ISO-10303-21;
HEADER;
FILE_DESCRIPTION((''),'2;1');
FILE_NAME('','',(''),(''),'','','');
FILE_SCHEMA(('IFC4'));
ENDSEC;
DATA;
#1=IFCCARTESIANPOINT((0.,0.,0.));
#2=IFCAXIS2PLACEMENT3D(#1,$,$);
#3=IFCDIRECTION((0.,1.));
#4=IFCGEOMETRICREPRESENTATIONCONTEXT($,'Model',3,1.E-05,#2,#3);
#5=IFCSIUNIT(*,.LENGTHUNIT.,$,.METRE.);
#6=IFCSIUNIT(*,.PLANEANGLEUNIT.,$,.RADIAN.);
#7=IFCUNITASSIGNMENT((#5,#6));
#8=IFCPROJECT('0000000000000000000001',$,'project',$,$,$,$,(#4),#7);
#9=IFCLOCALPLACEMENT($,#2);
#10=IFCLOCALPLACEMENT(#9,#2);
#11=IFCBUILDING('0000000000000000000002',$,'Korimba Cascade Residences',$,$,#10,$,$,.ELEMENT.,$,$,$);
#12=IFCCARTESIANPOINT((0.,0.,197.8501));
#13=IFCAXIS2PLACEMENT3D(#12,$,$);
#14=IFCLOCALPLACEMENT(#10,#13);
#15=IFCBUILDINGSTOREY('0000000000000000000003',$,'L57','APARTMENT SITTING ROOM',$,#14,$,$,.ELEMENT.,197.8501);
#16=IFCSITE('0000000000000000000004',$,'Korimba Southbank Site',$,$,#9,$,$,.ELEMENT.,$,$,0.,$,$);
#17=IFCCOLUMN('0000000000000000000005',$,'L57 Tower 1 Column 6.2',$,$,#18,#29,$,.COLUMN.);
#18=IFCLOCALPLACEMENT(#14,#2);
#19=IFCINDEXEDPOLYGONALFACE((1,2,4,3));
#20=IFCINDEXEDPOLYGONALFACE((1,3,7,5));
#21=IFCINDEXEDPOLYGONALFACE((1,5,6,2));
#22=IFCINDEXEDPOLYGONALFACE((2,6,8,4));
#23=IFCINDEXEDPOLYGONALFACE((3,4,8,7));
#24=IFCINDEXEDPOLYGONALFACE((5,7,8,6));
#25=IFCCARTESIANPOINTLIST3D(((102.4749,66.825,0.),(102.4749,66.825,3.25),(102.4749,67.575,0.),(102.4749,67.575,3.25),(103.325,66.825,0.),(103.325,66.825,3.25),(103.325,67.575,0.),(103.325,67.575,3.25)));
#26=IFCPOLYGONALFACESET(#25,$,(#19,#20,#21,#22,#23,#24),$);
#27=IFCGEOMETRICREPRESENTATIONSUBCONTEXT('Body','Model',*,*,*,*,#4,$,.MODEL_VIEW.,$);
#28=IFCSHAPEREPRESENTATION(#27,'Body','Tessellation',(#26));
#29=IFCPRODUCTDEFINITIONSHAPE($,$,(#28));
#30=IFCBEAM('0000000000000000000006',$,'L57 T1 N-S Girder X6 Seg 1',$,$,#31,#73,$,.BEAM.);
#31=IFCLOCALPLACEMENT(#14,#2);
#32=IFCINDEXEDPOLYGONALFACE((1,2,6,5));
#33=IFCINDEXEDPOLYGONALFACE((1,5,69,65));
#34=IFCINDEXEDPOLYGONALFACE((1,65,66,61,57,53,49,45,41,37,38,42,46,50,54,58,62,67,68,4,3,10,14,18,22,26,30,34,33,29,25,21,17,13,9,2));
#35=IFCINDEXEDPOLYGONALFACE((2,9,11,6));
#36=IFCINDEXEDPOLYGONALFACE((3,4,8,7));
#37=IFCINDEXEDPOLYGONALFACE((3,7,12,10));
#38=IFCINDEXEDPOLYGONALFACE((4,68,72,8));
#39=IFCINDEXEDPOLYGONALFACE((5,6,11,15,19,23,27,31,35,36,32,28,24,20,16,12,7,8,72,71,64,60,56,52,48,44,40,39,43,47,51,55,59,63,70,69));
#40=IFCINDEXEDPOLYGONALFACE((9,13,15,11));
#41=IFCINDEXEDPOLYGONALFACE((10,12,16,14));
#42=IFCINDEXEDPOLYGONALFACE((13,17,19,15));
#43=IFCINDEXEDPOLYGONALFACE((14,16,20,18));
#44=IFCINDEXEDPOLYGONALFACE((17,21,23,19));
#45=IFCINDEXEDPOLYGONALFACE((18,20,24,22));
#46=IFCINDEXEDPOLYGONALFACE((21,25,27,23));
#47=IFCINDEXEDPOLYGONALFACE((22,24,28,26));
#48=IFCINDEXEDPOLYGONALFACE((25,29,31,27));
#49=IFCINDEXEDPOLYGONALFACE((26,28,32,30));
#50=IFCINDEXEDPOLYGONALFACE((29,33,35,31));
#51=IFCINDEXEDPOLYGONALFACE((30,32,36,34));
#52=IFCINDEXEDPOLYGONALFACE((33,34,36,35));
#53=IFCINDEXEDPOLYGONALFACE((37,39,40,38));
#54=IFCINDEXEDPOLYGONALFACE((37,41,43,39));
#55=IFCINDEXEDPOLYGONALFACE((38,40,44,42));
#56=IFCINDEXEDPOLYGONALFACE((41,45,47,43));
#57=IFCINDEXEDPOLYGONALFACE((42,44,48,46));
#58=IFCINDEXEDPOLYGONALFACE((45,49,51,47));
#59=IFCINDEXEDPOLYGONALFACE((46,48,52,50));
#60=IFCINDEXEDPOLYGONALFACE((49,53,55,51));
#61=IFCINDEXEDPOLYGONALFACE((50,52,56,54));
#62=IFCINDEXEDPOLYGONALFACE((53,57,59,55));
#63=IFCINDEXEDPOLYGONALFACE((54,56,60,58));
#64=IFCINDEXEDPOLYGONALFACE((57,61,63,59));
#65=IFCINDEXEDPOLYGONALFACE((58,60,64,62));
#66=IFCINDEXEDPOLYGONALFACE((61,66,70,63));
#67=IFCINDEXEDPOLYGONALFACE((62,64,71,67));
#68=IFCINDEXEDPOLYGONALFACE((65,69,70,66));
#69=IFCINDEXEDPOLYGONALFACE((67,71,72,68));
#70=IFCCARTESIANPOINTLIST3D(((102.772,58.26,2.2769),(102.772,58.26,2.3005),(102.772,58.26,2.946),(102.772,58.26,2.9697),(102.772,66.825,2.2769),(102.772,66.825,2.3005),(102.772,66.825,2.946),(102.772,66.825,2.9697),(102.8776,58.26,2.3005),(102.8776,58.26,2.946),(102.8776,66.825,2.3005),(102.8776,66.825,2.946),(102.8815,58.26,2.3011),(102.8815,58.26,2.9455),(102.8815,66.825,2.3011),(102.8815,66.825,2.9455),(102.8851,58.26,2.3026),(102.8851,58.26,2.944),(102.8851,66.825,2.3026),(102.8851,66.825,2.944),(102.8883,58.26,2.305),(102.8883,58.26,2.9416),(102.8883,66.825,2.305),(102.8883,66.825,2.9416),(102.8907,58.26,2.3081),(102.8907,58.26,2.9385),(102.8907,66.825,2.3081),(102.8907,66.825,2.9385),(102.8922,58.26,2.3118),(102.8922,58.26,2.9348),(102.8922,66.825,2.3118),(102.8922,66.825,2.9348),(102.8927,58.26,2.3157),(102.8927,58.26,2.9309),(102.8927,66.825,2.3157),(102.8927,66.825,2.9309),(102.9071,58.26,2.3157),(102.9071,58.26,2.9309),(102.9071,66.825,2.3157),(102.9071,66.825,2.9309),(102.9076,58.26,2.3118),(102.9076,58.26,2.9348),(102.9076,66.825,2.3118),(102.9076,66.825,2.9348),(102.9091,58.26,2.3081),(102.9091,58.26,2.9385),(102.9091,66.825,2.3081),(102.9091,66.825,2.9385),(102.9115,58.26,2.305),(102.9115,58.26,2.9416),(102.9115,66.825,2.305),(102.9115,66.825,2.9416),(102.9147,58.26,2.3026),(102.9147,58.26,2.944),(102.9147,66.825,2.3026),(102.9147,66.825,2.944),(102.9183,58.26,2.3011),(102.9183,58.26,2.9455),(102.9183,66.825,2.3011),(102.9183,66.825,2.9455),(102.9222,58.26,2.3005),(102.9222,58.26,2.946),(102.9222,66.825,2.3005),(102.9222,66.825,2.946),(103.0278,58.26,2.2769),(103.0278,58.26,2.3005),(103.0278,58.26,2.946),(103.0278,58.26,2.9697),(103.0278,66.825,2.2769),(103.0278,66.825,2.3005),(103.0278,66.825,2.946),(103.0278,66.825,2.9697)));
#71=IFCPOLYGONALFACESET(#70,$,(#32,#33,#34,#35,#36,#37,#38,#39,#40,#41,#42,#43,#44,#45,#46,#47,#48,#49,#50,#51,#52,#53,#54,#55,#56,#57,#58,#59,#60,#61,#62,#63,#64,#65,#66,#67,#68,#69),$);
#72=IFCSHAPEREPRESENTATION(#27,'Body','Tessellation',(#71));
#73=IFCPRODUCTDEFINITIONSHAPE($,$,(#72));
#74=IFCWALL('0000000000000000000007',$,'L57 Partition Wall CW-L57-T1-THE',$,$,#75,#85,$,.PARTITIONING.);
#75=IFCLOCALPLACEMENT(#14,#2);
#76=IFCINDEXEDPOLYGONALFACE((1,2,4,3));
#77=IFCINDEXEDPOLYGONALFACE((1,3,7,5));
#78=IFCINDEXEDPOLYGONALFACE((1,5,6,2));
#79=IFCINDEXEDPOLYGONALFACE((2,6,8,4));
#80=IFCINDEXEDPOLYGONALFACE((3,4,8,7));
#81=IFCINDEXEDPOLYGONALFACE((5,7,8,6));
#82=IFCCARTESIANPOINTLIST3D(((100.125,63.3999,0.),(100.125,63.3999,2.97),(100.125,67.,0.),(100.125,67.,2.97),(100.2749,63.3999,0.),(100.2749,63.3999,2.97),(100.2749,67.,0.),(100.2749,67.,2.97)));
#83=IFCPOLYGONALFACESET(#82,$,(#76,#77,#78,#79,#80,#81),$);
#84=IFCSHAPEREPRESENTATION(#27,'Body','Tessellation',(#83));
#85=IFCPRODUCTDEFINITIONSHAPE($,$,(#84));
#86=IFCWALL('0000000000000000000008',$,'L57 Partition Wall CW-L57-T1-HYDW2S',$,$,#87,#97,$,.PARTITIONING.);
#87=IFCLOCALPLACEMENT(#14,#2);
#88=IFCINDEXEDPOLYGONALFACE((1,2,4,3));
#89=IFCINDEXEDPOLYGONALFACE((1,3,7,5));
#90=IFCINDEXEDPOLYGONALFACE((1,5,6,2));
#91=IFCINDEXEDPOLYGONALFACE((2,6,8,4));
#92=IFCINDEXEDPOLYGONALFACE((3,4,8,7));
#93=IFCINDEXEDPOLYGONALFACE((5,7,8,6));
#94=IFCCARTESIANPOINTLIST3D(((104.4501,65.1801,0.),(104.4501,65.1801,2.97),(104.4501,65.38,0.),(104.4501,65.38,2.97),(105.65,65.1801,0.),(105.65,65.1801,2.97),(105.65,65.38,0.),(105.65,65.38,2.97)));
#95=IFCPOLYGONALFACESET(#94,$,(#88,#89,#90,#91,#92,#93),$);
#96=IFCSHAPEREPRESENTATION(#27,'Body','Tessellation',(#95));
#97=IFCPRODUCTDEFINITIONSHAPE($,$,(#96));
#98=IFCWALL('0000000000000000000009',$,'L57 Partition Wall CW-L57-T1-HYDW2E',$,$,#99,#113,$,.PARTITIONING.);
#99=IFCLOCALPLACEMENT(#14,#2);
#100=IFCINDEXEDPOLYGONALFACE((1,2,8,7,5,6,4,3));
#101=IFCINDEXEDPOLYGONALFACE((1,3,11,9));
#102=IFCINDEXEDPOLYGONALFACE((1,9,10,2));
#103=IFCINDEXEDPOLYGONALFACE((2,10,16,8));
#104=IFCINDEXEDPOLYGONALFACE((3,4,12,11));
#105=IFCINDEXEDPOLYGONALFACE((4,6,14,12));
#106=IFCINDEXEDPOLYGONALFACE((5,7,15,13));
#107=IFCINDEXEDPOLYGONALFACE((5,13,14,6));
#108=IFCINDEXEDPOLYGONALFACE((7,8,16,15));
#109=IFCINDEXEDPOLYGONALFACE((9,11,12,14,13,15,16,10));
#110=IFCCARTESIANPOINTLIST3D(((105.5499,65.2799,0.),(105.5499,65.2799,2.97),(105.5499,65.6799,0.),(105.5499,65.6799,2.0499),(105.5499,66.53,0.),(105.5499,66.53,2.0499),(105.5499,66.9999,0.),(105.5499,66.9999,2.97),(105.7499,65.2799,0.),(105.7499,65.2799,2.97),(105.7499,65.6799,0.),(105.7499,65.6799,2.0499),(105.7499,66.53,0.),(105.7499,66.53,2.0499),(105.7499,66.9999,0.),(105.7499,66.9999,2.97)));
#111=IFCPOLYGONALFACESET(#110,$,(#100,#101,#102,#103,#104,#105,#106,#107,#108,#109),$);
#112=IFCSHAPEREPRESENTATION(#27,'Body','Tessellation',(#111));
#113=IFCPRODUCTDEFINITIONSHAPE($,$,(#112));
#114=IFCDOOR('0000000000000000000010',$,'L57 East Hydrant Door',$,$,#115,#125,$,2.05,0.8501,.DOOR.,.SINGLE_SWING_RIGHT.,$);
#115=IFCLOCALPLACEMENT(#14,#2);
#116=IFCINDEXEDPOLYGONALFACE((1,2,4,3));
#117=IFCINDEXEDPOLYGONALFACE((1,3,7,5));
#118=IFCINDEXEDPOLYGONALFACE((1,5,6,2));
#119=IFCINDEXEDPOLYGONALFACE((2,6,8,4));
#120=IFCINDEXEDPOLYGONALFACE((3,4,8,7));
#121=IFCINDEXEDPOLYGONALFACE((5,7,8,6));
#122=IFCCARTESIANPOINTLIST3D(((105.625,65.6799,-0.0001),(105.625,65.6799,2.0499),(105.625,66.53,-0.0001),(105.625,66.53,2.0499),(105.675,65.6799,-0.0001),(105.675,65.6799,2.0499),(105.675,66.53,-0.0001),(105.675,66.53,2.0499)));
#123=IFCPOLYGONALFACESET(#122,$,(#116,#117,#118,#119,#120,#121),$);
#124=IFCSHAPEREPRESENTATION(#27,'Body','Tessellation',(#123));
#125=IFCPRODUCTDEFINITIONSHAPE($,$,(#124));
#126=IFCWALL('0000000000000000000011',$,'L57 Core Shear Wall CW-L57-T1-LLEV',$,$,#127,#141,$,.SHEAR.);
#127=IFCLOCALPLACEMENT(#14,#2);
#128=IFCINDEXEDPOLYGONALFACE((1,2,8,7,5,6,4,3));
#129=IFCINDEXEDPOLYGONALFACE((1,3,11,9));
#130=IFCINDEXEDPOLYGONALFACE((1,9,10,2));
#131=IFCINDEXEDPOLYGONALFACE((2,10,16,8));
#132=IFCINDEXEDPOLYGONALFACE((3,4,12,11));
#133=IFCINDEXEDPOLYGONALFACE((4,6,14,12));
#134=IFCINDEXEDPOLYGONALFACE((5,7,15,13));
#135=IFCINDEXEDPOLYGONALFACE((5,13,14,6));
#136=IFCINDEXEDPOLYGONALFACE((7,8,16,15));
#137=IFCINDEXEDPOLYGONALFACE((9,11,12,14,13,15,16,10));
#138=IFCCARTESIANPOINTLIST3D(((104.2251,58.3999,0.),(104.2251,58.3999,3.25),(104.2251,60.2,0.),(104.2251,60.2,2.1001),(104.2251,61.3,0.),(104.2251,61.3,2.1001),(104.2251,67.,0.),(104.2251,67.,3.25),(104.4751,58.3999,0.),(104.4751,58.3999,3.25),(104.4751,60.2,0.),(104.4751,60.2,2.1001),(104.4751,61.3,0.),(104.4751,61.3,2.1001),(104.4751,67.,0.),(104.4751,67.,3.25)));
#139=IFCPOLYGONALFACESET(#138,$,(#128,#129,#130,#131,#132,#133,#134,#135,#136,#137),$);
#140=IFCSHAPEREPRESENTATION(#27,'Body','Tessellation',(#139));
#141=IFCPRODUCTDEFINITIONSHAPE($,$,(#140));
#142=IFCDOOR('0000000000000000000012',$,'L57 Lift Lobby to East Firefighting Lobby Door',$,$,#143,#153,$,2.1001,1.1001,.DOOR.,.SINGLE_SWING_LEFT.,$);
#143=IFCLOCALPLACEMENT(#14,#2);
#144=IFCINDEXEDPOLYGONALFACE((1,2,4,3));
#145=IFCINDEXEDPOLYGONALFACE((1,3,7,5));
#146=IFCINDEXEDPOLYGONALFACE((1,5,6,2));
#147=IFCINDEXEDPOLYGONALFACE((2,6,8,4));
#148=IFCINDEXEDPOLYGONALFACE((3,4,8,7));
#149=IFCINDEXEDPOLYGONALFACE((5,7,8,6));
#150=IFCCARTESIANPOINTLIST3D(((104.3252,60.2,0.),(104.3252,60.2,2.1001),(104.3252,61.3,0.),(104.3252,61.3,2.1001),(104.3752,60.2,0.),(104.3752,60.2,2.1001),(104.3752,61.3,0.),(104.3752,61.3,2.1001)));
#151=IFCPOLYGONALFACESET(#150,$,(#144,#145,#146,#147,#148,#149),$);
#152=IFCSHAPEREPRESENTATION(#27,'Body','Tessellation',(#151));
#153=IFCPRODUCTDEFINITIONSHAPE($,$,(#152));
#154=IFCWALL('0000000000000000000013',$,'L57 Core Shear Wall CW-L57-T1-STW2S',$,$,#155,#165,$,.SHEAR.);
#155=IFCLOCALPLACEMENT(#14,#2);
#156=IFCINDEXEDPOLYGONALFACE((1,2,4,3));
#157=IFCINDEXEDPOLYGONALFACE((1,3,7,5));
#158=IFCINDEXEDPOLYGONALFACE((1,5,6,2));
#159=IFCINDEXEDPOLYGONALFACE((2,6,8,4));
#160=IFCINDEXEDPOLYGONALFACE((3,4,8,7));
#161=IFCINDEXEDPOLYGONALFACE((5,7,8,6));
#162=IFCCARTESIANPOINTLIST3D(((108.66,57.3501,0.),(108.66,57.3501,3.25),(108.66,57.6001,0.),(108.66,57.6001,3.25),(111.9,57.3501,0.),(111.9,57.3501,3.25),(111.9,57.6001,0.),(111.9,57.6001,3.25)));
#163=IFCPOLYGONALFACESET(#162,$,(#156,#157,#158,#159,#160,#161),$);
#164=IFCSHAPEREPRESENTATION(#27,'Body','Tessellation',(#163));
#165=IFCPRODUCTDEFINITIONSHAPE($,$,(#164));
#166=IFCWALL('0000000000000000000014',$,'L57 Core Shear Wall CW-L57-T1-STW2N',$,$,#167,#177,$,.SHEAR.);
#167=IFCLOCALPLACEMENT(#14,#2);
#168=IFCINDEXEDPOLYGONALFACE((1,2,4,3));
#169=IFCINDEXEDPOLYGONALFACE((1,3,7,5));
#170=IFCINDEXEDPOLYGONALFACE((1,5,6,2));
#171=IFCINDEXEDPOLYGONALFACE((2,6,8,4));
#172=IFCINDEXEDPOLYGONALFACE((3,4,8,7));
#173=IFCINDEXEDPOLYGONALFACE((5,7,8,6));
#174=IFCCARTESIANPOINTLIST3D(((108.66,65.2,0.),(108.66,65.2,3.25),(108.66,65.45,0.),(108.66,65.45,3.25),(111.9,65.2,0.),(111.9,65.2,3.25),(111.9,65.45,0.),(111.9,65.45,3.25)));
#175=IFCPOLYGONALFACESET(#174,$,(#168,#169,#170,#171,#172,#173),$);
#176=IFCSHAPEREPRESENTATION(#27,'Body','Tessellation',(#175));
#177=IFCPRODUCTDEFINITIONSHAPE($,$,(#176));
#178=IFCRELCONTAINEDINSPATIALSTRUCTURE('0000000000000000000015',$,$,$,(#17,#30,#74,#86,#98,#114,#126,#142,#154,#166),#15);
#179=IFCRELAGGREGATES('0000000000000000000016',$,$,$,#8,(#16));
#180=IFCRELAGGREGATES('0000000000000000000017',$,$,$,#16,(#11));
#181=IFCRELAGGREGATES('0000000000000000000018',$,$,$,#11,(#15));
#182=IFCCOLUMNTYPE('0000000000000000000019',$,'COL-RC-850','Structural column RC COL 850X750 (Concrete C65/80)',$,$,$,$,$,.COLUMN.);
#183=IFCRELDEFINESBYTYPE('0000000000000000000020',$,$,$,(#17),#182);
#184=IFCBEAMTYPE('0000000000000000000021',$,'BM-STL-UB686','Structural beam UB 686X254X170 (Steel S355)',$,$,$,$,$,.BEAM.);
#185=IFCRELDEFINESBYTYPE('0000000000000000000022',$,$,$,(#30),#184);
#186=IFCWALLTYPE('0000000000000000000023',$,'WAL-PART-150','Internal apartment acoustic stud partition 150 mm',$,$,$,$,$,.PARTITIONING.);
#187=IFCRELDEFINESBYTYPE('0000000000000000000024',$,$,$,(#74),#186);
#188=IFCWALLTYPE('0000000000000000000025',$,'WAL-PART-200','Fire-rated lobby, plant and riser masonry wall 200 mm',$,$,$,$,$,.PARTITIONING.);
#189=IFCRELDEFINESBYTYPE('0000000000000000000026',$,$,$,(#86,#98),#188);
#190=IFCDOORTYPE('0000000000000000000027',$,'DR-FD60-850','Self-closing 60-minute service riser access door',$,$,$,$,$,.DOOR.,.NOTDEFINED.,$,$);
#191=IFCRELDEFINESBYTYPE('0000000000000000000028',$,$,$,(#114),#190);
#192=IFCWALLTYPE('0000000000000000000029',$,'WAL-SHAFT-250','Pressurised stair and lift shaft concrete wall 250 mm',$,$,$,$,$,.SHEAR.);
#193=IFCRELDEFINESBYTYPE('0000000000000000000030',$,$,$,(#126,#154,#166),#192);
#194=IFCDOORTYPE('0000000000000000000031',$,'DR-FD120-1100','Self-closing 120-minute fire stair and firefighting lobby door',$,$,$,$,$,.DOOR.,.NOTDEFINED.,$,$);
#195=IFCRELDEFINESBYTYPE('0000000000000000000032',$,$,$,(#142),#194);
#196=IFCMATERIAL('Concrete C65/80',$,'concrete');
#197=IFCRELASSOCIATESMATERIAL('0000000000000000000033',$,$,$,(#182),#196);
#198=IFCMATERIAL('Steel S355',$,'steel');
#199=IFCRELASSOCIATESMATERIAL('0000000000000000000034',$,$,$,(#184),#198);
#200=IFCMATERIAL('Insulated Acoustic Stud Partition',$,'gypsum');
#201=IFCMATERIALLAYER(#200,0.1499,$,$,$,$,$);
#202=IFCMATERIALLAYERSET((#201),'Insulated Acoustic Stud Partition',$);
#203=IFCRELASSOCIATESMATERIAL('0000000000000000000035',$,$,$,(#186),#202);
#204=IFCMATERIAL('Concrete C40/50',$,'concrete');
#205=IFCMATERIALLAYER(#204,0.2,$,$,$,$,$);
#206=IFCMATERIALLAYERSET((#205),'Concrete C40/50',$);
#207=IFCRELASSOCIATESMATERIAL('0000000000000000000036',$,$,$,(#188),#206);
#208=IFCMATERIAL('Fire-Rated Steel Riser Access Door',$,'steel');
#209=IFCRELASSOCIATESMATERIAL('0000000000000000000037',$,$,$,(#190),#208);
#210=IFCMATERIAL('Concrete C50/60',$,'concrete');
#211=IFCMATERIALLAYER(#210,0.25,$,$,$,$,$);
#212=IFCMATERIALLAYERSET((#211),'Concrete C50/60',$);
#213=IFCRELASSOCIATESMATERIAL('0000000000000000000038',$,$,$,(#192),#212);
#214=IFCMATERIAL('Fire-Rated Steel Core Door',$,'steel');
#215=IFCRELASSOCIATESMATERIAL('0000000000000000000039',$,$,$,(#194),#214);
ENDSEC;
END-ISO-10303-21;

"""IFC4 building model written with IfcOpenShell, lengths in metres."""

from ifc_helpers import new_model, si_unit, direction, frame, frame_2d, origin, origin_2d, place, context, subcontext, project, spatial, rectangle, i_section, extrude, material, layer, layer_set, material_profile, profile_set, type_object, element, fill, save


model = new_model("IFC4")

# Units and contexts
model_context = context("Model", 3, precision=1e-05, world=origin(), true_north=direction((0.0, 1.0)))
body_context = subcontext(model_context, "Body", "Model", "MODEL_VIEW")
ifc_project = project(units=[si_unit("LENGTHUNIT", "METRE"), si_unit("PLANEANGLEUNIT", "RADIAN")], contexts=[model_context])

# Site, building, storey
site_placement = place(None, origin())
site = spatial("IfcSite", under=ifc_project, at=site_placement, Name="Korimba Southbank Site", CompositionType="ELEMENT", RefElevation=0.0)
building_placement = place(site_placement, origin())
building = spatial("IfcBuilding", under=site, at=building_placement, Name="Korimba Cascade Residences", CompositionType="ELEMENT")
storey_placement = place(building_placement, frame((0.0, 0.0, 197.8501)))
storey = spatial("IfcBuildingStorey", under=building, at=storey_placement, Name="L57", Description="APARTMENT SITTING ROOM", CompositionType="ELEMENT", Elevation=197.8501)

# Column
ifc_material_1 = material(Name="Concrete C65/80", Category="concrete")
ifc_material_profile_1 = material_profile(ifc_material_1, rectangle(XDim=0.8501, YDim=0.75, at=origin_2d()), Name="Concrete C65/80")
ifc_profile_set_1 = profile_set([ifc_material_profile_1], Name="Concrete C65/80")
column_type = type_object("IfcColumnType", Name="COL-RC-850", Description="Structural column RC COL 850X750 (Concrete C65/80)", PredefinedType="COLUMN", material=ifc_profile_set_1)
column_placement = place(storey_placement, frame((102.8999, 67.2, 0.0), z_axis=(0.0, 0.0, 1.0), x_axis=(1.0, 0.0, 0.0)))
element("IfcColumn", 1, at=column_placement, inside=storey, type_object=column_type, Name="L57 Tower 1 Column 6.2", PredefinedType="COLUMN", context=body_context, shape_type="SweptSolid", body=[
    extrude(rectangle(XDim=0.8501, YDim=0.75, at=origin_2d()), origin(), (0.0, 0.0, 1.0), 3.25),
])

# Beam
ifc_material_2 = material(Name="Steel S355", Category="steel")
ifc_material_profile_2 = material_profile(ifc_material_2, i_section(OverallWidth=0.2559, OverallDepth=0.6929, WebThickness=0.0144, FlangeThickness=0.0237, FilletRadius=0.0151, at=origin_2d()), Name="Steel S355")
ifc_profile_set_2 = profile_set([ifc_material_profile_2], Name="Steel S355")
beam_type = type_object("IfcBeamType", Name="BM-STL-UB686", Description="Structural beam UB 686X254X170 (Steel S355)", PredefinedType="BEAM", material=ifc_profile_set_2)
beam_placement = place(storey_placement, frame((102.8999, 58.26, 2.6233), z_axis=(0.0, 1.0, 0.0), x_axis=(-1.0, 0.0, 0.0)))
element("IfcBeam", 2, at=beam_placement, inside=storey, type_object=beam_type, Name="L57 T1 N-S Girder X6 Seg 1", PredefinedType="BEAM", context=body_context, shape_type="SweptSolid", body=[
    extrude(i_section(OverallWidth=0.2559, OverallDepth=0.6929, WebThickness=0.0144, FlangeThickness=0.0237, FilletRadius=0.0151, at=origin_2d()), origin(), (0.0, 0.0, 1.0), 8.5649),
])

# Walls
ifc_material_3 = material(Name="Insulated Acoustic Stud Partition", Category="gypsum")
ifc_layer_1 = layer(ifc_material_3, 0.1499)
ifc_layer_set_1 = layer_set([ifc_layer_1], Name="Insulated Acoustic Stud Partition")
wall_type_1 = type_object("IfcWallType", Name="WAL-PART-150", Description="Internal apartment acoustic stud partition 150 mm", PredefinedType="PARTITIONING", material=ifc_layer_set_1)
wall_1_placement = place(storey_placement, frame((100.2, 63.3999, 0.0), z_axis=(0.0, 0.0, 1.0), x_axis=(0.0, 1.0, 0.0)))
element("IfcWall", 3, at=wall_1_placement, inside=storey, type_object=wall_type_1, Name="L57 Partition Wall CW-L57-T1-THE", PredefinedType="PARTITIONING", context=body_context, shape_type="SweptSolid", body=[
    extrude(rectangle(XDim=3.6001, YDim=0.1499, at=frame_2d((1.8, 0.0))), origin(), (0.0, 0.0, 1.0), 2.97),
])
ifc_material_4 = material(Name="Concrete C40/50", Category="concrete")
ifc_layer_2 = layer(ifc_material_4, 0.2)
ifc_layer_set_2 = layer_set([ifc_layer_2], Name="Concrete C40/50")
wall_type_2 = type_object("IfcWallType", Name="WAL-PART-200", Description="Fire-rated lobby, plant and riser masonry wall 200 mm", PredefinedType="PARTITIONING", material=ifc_layer_set_2)
wall_2_placement = place(storey_placement, frame((104.45, 65.28, 0.0), z_axis=(0.0, 0.0, 1.0), x_axis=(1.0, 0.0, 0.0)))
element("IfcWall", 4, at=wall_2_placement, inside=storey, type_object=wall_type_2, Name="L57 Partition Wall CW-L57-T1-HYDW2S", PredefinedType="PARTITIONING", context=body_context, shape_type="SweptSolid", body=[
    extrude(rectangle(XDim=1.2, YDim=0.2, at=frame_2d((0.6001, 0.0))), origin(), (0.0, 0.0, 1.0), 2.97),
])

# Wall, opening, door
wall_3_placement = place(storey_placement, frame((105.6499, 65.28, 0.0), z_axis=(0.0, 0.0, 1.0), x_axis=(0.0, 1.0, 0.0)))
wall_3 = element("IfcWall", 5, at=wall_3_placement, inside=storey, type_object=wall_type_2, Name="L57 Partition Wall CW-L57-T1-HYDW2E", PredefinedType="PARTITIONING", context=body_context, shape_type="SweptSolid", body=[
    extrude(rectangle(XDim=1.72, YDim=0.2, at=frame_2d((0.8599, 0.0))), origin(), (0.0, 0.0, 1.0), 2.97),
])
opening_1_placement = place(wall_3_placement, frame((0.3999, 0.0, 0.0)))
opening_1 = element("IfcOpeningElement", 6, at=opening_1_placement, cuts=wall_3, PredefinedType="OPENING", context=body_context, shape_type="SweptSolid", body=[
    extrude(rectangle(XDim=0.8501, YDim=2.05, at=frame_2d((0.425, 1.0249))), frame((0.0, 0.1099, 0.0), z_axis=(0.0, -1.0, 0.0), x_axis=(1.0, 0.0, 0.0)), (0.0, 0.0, 1.0), 0.22),
])
ifc_material_5 = material(Name="Fire-Rated Steel Riser Access Door", Category="steel")
door_type_1 = type_object("IfcDoorType", Name="DR-FD60-850", Description="Self-closing 60-minute service riser access door", OperationType="NOTDEFINED", PredefinedType="DOOR", material=ifc_material_5)
door_1_placement = place(opening_1_placement, origin())
door_1 = element("IfcDoor", 7, at=door_1_placement, inside=storey, type_object=door_type_1, Name="L57 East Hydrant Door", OperationType="SINGLE_SWING_RIGHT", OverallHeight=2.05, OverallWidth=0.8501, PredefinedType="DOOR", context=body_context, shape_type="SweptSolid", body=[
    extrude(rectangle(XDim=0.8501, YDim=2.05, at=frame_2d((0.425, 1.0249))), frame((0.0, 0.0249, 0.0), z_axis=(0.0, -1.0, 0.0), x_axis=(1.0, 0.0, 0.0)), (0.0, 0.0, 1.0), 0.05),
])
fill(opening_1, door_1)

# Shared definitions
ifc_material_6 = material(Name="Concrete C50/60", Category="concrete")
ifc_layer_3 = layer(ifc_material_6, 0.25)
ifc_layer_set_3 = layer_set([ifc_layer_3], Name="Concrete C50/60")
wall_type_3 = type_object("IfcWallType", Name="WAL-SHAFT-250", Description="Pressurised stair and lift shaft concrete wall 250 mm", PredefinedType="SHEAR", material=ifc_layer_set_3)

# Wall, opening, door
wall_4_placement = place(storey_placement, frame((104.3501, 58.3999, 0.0), z_axis=(0.0, 0.0, 1.0), x_axis=(0.0, 1.0, 0.0)))
wall_4 = element("IfcWall", 8, at=wall_4_placement, inside=storey, type_object=wall_type_3, Name="L57 Core Shear Wall CW-L57-T1-LLEV", PredefinedType="SHEAR", context=body_context, shape_type="SweptSolid", body=[
    extrude(rectangle(XDim=8.6001, YDim=0.25, at=frame_2d((4.3, 0.0))), origin(), (0.0, 0.0, 1.0), 3.25),
])
opening_2_placement = place(wall_4_placement, frame((1.8, 0.0, 0.0)))
opening_2 = element("IfcOpeningElement", 9, at=opening_2_placement, cuts=wall_4, PredefinedType="OPENING", context=body_context, shape_type="SweptSolid", body=[
    extrude(rectangle(XDim=1.1001, YDim=2.1001, at=frame_2d((0.55, 1.05))), frame((0.0, 0.135, 0.0), z_axis=(0.0, -1.0, 0.0), x_axis=(1.0, 0.0, 0.0)), (0.0, 0.0, 1.0), 0.27),
])
ifc_material_7 = material(Name="Fire-Rated Steel Core Door", Category="steel")
door_type_2 = type_object("IfcDoorType", Name="DR-FD120-1100", Description="Self-closing 120-minute fire stair and firefighting lobby door", OperationType="NOTDEFINED", PredefinedType="DOOR", material=ifc_material_7)
door_2_placement = place(opening_2_placement, origin())
door_2 = element("IfcDoor", 10, at=door_2_placement, inside=storey, type_object=door_type_2, Name="L57 Lift Lobby to East Firefighting Lobby Door", OperationType="SINGLE_SWING_LEFT", OverallHeight=2.1001, OverallWidth=1.1001, PredefinedType="DOOR", context=body_context, shape_type="SweptSolid", body=[
    extrude(rectangle(XDim=1.1001, YDim=2.1001, at=frame_2d((0.55, 1.05))), frame((0.0, 0.0249, 0.0), z_axis=(0.0, -1.0, 0.0), x_axis=(1.0, 0.0, 0.0)), (0.0, 0.0, 1.0), 0.05),
])
fill(opening_2, door_2)

# Walls
for number, where, z_axis, x_axis, name in (
    (11, (108.6599, 57.4751, 0.0), (0.0, 0.0, 1.0), (1.0, 0.0, 0.0), "L57 Core Shear Wall CW-L57-T1-STW2S"),
    (12, (108.6599, 65.325, 0.0), (0.0, 0.0, 1.0), (1.0, 0.0, 0.0), "L57 Core Shear Wall CW-L57-T1-STW2N"),
):
    element("IfcWall", number, at=place(storey_placement, frame(where, z_axis=z_axis, x_axis=x_axis)), inside=storey, type_object=wall_type_3, Name=name, PredefinedType="SHEAR", context=body_context, shape_type="SweptSolid", body=[
        extrude(rectangle(XDim=3.24, YDim=0.25, at=frame_2d((1.6201, 0.0))), origin(), (0.0, 0.0, 1.0), 3.25),
    ])

save(model, "model.ifc")
